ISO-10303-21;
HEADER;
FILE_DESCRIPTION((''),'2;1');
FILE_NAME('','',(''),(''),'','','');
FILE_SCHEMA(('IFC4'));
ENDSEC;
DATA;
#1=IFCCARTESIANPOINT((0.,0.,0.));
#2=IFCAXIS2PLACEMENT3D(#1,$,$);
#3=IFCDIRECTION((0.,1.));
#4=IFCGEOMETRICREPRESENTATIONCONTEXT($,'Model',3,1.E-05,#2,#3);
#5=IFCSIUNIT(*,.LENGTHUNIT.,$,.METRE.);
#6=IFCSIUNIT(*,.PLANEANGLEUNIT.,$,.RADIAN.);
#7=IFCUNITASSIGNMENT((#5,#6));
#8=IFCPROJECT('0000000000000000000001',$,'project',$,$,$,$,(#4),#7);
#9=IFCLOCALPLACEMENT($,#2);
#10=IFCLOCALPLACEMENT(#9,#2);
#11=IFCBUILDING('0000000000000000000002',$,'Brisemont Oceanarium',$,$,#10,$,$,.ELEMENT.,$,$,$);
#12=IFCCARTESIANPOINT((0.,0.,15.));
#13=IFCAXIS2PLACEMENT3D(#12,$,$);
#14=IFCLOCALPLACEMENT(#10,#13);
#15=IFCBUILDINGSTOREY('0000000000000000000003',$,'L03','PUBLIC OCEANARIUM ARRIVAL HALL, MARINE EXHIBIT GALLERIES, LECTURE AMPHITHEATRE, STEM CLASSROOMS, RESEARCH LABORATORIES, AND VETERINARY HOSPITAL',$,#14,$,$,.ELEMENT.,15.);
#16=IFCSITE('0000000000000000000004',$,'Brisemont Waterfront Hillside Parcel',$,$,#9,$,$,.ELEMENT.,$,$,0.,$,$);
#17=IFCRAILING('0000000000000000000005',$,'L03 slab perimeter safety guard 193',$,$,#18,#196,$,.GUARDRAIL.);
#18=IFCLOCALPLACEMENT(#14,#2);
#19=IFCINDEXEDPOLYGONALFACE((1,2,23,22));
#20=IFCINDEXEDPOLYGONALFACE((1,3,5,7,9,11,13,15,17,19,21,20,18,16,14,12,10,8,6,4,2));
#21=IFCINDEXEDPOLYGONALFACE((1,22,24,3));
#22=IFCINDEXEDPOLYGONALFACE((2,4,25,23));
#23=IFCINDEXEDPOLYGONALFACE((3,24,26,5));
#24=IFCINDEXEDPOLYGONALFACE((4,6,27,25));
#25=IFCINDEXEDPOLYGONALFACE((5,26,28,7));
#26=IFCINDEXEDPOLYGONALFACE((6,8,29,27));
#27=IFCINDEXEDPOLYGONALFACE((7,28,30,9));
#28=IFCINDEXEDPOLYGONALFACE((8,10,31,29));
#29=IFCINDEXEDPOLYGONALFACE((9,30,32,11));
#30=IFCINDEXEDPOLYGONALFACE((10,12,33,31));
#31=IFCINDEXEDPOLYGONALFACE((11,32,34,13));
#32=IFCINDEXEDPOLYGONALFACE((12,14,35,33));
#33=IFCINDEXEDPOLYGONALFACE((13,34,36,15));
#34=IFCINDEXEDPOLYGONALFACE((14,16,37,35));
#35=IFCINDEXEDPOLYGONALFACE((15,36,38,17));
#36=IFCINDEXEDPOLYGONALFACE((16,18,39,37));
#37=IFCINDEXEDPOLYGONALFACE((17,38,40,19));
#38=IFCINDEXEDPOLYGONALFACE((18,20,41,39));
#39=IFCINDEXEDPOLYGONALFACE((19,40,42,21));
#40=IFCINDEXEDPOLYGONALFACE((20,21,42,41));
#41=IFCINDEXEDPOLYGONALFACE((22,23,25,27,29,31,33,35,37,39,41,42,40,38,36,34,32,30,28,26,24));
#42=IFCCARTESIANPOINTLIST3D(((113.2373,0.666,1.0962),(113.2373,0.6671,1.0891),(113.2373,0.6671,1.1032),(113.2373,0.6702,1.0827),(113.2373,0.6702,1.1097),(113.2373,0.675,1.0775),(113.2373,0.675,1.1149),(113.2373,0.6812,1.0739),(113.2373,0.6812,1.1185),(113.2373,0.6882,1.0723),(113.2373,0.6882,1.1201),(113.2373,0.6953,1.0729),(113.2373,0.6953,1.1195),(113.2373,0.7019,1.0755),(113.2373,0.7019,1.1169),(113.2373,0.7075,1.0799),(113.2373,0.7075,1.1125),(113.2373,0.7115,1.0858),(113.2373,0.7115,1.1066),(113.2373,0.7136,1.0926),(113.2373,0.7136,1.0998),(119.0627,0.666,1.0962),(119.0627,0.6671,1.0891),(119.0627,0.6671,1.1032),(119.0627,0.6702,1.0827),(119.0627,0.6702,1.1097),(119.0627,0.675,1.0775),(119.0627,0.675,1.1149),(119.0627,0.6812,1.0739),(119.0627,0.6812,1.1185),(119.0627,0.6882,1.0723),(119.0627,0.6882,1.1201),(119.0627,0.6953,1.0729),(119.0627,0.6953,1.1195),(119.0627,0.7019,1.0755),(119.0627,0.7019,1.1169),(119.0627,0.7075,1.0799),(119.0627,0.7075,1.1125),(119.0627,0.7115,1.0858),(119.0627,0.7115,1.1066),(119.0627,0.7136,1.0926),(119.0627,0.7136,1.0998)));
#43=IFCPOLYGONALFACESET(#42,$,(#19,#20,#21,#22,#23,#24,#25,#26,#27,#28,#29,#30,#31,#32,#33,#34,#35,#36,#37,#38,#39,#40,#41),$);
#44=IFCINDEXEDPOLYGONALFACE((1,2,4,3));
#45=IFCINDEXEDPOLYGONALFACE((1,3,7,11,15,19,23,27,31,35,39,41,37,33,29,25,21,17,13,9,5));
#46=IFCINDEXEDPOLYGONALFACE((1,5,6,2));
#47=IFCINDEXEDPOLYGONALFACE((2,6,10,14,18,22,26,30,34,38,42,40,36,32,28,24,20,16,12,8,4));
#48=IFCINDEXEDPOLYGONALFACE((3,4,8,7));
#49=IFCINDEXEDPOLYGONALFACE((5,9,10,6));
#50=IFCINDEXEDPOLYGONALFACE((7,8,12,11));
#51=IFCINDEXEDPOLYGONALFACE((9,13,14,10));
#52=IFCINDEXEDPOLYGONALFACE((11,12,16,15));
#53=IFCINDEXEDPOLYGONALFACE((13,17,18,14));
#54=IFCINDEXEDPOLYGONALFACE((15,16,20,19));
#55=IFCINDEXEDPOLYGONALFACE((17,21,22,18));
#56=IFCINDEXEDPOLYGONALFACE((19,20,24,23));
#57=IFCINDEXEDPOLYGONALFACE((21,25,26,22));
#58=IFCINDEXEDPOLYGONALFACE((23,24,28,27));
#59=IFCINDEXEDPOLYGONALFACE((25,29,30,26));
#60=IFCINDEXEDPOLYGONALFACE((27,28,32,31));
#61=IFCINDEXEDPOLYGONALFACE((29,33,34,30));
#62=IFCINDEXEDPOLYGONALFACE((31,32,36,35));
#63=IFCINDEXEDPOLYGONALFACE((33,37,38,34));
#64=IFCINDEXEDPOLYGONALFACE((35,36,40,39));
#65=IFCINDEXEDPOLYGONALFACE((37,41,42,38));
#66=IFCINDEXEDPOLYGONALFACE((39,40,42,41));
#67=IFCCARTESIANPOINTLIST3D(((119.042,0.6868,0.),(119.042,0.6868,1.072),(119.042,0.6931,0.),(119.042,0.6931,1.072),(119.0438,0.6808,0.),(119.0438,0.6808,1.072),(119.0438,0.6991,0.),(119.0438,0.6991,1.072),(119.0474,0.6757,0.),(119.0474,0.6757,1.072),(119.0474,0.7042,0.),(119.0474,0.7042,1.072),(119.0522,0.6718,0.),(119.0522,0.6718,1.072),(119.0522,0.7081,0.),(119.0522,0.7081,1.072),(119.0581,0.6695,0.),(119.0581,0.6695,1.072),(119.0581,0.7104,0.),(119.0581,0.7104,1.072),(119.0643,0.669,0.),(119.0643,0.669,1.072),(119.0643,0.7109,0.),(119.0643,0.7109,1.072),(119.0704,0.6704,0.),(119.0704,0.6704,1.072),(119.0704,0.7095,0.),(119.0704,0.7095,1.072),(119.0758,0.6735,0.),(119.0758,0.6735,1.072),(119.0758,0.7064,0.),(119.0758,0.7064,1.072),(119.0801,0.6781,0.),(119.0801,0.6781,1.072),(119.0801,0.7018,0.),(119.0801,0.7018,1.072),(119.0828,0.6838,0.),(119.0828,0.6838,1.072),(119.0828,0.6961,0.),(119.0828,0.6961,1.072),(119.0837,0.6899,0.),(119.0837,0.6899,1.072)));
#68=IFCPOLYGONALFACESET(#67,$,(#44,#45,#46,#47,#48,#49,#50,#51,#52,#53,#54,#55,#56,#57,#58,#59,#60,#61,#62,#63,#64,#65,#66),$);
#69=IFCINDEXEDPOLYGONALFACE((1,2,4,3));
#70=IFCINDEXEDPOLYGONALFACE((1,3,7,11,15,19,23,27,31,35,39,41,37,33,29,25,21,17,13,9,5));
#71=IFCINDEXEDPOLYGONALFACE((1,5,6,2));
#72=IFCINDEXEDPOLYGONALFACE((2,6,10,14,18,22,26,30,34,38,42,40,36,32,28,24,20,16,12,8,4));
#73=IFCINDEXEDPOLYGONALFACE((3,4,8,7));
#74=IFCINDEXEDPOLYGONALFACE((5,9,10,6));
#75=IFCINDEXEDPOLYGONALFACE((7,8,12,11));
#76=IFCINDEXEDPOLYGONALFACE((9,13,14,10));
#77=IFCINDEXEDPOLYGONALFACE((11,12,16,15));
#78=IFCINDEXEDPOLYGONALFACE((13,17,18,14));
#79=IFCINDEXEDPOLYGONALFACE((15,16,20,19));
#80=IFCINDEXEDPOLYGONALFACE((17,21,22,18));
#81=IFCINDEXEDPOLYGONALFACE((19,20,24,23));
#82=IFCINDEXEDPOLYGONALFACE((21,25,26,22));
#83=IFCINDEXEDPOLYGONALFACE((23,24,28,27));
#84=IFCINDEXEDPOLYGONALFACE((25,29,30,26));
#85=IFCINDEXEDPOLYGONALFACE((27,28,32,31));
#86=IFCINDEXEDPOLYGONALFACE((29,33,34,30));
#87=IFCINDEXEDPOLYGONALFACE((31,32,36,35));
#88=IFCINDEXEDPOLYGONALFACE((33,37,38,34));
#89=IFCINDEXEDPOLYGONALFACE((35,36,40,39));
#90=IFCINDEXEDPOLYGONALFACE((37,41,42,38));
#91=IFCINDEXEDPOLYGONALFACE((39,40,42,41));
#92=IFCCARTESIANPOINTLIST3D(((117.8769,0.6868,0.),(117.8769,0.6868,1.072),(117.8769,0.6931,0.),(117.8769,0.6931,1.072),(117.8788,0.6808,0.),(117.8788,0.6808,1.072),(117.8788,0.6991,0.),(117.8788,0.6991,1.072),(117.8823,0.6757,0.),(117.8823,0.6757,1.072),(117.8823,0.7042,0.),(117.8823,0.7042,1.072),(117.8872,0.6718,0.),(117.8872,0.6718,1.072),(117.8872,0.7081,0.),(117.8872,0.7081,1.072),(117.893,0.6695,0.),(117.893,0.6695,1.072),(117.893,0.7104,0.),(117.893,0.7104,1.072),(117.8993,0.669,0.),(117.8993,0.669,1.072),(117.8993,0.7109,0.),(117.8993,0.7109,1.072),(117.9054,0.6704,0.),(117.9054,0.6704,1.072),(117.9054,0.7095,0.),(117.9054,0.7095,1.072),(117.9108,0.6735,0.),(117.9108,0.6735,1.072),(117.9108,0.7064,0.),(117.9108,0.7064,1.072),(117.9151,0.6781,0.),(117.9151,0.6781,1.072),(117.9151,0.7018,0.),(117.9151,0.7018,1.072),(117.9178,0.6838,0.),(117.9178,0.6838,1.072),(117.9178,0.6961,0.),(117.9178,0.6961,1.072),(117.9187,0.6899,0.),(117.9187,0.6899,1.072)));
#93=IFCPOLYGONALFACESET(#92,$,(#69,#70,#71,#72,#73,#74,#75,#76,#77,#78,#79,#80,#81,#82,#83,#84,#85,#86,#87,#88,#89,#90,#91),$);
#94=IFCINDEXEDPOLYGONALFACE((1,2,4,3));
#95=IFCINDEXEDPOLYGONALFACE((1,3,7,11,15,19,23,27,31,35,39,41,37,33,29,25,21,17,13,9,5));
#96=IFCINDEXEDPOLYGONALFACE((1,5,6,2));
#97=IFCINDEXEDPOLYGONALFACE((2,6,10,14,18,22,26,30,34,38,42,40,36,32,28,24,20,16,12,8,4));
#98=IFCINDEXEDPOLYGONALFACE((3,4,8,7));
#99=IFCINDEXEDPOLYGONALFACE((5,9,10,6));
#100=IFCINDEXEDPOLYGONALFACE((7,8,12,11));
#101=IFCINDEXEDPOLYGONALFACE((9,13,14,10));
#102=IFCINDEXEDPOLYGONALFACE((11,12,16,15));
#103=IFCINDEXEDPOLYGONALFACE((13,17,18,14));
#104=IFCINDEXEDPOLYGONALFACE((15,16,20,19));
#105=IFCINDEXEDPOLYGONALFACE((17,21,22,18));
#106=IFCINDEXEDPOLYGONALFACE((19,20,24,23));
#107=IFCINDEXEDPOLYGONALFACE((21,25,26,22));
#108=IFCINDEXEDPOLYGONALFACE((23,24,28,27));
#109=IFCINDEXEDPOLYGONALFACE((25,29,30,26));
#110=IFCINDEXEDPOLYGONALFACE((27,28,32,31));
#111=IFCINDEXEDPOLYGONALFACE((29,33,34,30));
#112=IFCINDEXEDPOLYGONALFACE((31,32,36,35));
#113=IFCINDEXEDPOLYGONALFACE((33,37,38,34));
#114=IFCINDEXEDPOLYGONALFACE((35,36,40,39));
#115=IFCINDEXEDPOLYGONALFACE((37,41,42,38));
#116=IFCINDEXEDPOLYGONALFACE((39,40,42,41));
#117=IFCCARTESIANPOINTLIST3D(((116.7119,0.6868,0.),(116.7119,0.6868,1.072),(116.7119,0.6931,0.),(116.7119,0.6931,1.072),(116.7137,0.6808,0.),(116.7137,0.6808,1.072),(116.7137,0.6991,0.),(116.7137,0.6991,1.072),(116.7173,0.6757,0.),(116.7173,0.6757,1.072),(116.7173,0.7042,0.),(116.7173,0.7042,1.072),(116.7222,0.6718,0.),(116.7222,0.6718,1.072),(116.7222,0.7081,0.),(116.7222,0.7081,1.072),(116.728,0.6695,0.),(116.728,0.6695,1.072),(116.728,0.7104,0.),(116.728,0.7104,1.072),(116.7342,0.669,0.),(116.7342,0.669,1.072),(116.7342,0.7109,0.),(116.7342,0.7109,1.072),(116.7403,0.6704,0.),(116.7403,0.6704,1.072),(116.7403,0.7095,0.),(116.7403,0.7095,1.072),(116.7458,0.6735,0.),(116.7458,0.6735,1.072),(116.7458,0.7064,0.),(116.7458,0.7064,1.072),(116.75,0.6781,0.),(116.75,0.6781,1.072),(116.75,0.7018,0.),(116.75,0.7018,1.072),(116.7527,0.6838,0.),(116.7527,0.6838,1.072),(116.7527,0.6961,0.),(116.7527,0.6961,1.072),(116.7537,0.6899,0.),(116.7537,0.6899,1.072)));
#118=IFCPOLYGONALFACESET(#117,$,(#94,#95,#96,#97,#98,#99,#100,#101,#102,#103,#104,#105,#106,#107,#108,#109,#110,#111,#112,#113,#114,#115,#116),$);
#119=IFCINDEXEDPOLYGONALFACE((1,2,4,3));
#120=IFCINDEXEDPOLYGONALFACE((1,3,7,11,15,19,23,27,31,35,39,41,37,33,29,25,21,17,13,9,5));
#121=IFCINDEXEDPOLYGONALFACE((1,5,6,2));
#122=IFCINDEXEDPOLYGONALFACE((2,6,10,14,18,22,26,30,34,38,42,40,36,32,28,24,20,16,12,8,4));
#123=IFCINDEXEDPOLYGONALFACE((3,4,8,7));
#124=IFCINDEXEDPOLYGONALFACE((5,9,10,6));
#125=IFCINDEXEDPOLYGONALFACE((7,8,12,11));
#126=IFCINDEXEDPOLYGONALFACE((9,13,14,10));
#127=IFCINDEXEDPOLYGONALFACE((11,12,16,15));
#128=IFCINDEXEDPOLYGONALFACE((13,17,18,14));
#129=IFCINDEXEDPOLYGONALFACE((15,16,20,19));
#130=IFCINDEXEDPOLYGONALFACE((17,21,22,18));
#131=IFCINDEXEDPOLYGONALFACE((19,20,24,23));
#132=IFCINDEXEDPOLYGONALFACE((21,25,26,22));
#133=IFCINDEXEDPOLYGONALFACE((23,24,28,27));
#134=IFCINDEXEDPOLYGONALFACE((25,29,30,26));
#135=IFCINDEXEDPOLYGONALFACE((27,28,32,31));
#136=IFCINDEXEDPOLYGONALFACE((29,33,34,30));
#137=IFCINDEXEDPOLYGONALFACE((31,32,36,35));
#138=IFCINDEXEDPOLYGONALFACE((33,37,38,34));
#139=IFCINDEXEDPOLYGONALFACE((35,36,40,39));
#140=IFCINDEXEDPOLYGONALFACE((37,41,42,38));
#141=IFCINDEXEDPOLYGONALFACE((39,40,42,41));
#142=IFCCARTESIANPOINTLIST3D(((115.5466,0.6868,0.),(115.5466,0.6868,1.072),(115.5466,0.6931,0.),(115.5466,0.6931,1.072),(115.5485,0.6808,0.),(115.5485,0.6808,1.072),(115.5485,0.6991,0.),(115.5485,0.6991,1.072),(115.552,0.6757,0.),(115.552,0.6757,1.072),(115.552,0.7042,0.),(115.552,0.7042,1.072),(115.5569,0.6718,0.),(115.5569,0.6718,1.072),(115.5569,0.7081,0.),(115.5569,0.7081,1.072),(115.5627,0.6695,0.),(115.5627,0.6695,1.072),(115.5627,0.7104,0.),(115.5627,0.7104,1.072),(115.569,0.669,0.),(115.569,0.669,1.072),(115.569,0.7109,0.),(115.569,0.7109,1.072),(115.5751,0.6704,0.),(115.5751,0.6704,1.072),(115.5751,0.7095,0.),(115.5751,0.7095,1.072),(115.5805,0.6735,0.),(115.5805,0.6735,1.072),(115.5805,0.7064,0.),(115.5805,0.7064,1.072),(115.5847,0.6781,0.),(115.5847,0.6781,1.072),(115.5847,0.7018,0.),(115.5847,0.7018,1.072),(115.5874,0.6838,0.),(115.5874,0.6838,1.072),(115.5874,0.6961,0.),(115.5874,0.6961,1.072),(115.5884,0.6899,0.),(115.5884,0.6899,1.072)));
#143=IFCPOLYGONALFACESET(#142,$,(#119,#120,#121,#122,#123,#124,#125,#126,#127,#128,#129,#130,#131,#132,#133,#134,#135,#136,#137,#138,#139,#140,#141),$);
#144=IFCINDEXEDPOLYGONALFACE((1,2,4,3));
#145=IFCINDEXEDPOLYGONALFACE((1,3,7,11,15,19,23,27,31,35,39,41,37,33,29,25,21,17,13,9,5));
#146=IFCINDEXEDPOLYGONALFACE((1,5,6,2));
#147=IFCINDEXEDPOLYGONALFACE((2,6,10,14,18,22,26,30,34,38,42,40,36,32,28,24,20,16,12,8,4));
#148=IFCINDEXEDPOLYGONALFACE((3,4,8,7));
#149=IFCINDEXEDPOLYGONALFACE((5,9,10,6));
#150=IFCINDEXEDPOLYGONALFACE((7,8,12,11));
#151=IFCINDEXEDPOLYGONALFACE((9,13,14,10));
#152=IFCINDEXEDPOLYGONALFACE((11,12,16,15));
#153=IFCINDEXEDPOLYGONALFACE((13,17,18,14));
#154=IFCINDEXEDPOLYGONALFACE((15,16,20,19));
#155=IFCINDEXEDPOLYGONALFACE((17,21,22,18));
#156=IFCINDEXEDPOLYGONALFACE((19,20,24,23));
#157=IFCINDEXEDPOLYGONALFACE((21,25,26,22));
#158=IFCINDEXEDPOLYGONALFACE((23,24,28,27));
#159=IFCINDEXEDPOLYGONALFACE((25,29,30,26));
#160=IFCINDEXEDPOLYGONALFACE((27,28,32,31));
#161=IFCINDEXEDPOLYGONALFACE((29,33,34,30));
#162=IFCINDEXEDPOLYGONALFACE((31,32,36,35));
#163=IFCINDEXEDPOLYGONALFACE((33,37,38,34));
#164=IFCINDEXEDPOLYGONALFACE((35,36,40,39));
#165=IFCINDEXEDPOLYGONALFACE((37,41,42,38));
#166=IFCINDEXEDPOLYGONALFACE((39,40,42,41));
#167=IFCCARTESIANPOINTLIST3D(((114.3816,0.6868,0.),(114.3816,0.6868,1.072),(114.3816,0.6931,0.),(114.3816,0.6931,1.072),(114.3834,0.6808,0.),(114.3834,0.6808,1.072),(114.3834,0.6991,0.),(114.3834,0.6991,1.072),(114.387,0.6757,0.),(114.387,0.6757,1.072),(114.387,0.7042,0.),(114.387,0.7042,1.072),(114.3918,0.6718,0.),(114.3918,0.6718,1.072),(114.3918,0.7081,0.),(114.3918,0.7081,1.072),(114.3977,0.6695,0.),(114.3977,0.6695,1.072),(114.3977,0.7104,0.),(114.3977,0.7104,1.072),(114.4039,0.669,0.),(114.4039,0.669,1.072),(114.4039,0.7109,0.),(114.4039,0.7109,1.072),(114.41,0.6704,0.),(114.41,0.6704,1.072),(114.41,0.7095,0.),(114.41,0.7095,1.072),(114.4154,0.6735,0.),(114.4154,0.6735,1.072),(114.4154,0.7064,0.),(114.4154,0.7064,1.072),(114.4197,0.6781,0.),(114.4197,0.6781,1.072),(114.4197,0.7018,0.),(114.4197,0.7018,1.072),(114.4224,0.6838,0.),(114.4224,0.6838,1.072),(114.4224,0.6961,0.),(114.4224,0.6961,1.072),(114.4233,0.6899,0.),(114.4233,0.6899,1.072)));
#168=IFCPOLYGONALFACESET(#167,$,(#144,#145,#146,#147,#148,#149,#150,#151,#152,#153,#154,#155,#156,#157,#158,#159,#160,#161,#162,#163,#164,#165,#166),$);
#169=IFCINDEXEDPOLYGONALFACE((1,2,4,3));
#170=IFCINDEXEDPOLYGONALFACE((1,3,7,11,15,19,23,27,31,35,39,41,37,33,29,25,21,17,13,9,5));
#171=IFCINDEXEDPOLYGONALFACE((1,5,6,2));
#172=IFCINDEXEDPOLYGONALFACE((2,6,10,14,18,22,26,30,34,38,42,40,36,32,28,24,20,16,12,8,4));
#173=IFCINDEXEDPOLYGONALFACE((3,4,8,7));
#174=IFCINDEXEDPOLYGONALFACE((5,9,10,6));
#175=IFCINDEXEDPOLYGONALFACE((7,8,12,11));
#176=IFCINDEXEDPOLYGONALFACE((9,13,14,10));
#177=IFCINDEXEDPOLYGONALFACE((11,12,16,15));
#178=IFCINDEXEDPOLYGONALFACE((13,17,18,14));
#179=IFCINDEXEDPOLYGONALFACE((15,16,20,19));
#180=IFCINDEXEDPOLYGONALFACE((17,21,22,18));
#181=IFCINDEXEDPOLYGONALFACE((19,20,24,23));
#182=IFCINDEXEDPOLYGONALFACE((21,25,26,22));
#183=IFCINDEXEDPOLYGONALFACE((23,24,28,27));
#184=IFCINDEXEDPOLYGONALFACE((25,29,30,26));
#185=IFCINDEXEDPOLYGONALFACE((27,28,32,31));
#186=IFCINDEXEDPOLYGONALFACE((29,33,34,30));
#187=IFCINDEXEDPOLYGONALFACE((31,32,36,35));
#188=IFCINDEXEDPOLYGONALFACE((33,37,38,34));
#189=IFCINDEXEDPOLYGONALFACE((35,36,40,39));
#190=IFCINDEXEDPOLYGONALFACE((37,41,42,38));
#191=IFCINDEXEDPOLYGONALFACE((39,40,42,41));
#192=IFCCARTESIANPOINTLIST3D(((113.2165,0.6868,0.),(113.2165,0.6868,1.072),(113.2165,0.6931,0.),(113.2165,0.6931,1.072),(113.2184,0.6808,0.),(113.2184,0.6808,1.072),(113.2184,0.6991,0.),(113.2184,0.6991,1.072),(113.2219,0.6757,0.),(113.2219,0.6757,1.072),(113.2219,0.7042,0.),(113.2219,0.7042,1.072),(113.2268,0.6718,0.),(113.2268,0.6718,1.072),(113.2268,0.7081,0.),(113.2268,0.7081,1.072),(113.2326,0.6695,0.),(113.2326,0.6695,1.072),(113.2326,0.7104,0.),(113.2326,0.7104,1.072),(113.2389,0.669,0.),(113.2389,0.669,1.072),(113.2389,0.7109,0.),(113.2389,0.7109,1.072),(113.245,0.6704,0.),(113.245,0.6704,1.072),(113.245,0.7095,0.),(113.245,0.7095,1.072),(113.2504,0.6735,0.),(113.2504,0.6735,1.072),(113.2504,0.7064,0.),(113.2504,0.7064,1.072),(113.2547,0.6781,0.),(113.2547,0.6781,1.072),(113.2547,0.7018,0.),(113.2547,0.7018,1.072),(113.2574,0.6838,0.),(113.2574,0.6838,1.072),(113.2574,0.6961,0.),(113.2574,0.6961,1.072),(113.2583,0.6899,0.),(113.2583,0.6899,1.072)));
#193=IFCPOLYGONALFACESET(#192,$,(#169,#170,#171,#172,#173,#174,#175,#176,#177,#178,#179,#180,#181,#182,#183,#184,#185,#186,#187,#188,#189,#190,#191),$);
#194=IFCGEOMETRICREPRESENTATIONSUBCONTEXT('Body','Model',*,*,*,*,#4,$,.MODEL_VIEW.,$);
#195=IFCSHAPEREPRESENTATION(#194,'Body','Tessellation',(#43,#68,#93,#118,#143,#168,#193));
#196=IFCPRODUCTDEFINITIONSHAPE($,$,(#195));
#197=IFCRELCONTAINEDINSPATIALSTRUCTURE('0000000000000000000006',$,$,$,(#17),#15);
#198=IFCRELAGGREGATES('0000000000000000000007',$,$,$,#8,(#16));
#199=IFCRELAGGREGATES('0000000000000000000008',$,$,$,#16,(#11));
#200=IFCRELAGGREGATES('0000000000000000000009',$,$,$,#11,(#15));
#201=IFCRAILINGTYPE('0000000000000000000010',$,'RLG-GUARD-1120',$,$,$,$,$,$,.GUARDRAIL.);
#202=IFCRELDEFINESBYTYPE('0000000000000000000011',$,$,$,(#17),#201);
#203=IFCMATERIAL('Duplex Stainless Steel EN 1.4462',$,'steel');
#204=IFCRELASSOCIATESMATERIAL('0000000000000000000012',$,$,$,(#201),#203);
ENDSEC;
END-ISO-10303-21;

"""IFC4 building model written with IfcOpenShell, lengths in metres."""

from ifc_helpers import new_model, si_unit, direction, frame, origin, origin_2d, place, context, subcontext, project, spatial, circle, extrude, material, type_object, element, save


model = new_model("IFC4")

# Units and contexts
model_context = context("Model", 3, precision=1e-05, world=origin(), true_north=direction((0.0, 1.0)))
body_context = subcontext(model_context, "Body", "Model", "MODEL_VIEW")
ifc_project = project(units=[si_unit("LENGTHUNIT", "METRE"), si_unit("PLANEANGLEUNIT", "RADIAN")], contexts=[model_context])

# Site, building, storey
site_placement = place(None, origin())
site = spatial("IfcSite", under=ifc_project, at=site_placement, Name="Brisemont Waterfront Hillside Parcel", CompositionType="ELEMENT", RefElevation=0.0)
building_placement = place(site_placement, origin())
building = spatial("IfcBuilding", under=site, at=building_placement, Name="Brisemont Oceanarium", CompositionType="ELEMENT")
storey_placement = place(building_placement, frame((0.0, 0.0, 15.0)))
storey = spatial("IfcBuildingStorey", under=building, at=storey_placement, Name="L03", Description="PUBLIC OCEANARIUM ARRIVAL HALL, MARINE EXHIBIT GALLERIES, LECTURE AMPHITHEATRE, STEM CLASSROOMS, RESEARCH LABORATORIES, AND VETERINARY HOSPITAL", CompositionType="ELEMENT", Elevation=15.0)

# Railing
ifc_material_1 = material(Name="Duplex Stainless Steel EN 1.4462", Category="steel")
railing_type = type_object("IfcRailingType", Name="RLG-GUARD-1120", PredefinedType="GUARDRAIL", material=ifc_material_1)
railing_1_placement = place(storey_placement, frame((119.0627, 0.6899, 0.0)))
element("IfcRailing", 1, at=railing_1_placement, inside=storey, type_object=railing_type, Name="L03 slab perimeter safety guard 193", PredefinedType="GUARDRAIL", context=body_context, shape_type="SweptSolid", body=[
    extrude(circle(Radius=0.0239, at=origin_2d()), frame((0.0, 0.0, 1.0962), z_axis=(-1.0, 0.0, 0.0), x_axis=(0.0, -1.0, 0.0)), (0.0, 0.0, 1.0), 5.8254),
    extrude(circle(Radius=0.021, at=origin_2d()), origin(), (0.0, 0.0, 1.0), 1.072),
    extrude(circle(Radius=0.021, at=origin_2d()), frame((-1.165, 0.0, 0.0)), (0.0, 0.0, 1.0), 1.072),
    extrude(circle(Radius=0.021, at=origin_2d()), frame((-2.3301, 0.0, 0.0)), (0.0, 0.0, 1.0), 1.072),
    extrude(circle(Radius=0.021, at=origin_2d()), frame((-3.4954, 0.0, 0.0)), (0.0, 0.0, 1.0), 1.072),
    extrude(circle(Radius=0.021, at=origin_2d()), frame((-4.6604, 0.0, 0.0)), (0.0, 0.0, 1.0), 1.072),
    extrude(circle(Radius=0.021, at=origin_2d()), frame((-5.8254, 0.0, 0.0)), (0.0, 0.0, 1.0), 1.072),
])

save(model, "model.ifc")
